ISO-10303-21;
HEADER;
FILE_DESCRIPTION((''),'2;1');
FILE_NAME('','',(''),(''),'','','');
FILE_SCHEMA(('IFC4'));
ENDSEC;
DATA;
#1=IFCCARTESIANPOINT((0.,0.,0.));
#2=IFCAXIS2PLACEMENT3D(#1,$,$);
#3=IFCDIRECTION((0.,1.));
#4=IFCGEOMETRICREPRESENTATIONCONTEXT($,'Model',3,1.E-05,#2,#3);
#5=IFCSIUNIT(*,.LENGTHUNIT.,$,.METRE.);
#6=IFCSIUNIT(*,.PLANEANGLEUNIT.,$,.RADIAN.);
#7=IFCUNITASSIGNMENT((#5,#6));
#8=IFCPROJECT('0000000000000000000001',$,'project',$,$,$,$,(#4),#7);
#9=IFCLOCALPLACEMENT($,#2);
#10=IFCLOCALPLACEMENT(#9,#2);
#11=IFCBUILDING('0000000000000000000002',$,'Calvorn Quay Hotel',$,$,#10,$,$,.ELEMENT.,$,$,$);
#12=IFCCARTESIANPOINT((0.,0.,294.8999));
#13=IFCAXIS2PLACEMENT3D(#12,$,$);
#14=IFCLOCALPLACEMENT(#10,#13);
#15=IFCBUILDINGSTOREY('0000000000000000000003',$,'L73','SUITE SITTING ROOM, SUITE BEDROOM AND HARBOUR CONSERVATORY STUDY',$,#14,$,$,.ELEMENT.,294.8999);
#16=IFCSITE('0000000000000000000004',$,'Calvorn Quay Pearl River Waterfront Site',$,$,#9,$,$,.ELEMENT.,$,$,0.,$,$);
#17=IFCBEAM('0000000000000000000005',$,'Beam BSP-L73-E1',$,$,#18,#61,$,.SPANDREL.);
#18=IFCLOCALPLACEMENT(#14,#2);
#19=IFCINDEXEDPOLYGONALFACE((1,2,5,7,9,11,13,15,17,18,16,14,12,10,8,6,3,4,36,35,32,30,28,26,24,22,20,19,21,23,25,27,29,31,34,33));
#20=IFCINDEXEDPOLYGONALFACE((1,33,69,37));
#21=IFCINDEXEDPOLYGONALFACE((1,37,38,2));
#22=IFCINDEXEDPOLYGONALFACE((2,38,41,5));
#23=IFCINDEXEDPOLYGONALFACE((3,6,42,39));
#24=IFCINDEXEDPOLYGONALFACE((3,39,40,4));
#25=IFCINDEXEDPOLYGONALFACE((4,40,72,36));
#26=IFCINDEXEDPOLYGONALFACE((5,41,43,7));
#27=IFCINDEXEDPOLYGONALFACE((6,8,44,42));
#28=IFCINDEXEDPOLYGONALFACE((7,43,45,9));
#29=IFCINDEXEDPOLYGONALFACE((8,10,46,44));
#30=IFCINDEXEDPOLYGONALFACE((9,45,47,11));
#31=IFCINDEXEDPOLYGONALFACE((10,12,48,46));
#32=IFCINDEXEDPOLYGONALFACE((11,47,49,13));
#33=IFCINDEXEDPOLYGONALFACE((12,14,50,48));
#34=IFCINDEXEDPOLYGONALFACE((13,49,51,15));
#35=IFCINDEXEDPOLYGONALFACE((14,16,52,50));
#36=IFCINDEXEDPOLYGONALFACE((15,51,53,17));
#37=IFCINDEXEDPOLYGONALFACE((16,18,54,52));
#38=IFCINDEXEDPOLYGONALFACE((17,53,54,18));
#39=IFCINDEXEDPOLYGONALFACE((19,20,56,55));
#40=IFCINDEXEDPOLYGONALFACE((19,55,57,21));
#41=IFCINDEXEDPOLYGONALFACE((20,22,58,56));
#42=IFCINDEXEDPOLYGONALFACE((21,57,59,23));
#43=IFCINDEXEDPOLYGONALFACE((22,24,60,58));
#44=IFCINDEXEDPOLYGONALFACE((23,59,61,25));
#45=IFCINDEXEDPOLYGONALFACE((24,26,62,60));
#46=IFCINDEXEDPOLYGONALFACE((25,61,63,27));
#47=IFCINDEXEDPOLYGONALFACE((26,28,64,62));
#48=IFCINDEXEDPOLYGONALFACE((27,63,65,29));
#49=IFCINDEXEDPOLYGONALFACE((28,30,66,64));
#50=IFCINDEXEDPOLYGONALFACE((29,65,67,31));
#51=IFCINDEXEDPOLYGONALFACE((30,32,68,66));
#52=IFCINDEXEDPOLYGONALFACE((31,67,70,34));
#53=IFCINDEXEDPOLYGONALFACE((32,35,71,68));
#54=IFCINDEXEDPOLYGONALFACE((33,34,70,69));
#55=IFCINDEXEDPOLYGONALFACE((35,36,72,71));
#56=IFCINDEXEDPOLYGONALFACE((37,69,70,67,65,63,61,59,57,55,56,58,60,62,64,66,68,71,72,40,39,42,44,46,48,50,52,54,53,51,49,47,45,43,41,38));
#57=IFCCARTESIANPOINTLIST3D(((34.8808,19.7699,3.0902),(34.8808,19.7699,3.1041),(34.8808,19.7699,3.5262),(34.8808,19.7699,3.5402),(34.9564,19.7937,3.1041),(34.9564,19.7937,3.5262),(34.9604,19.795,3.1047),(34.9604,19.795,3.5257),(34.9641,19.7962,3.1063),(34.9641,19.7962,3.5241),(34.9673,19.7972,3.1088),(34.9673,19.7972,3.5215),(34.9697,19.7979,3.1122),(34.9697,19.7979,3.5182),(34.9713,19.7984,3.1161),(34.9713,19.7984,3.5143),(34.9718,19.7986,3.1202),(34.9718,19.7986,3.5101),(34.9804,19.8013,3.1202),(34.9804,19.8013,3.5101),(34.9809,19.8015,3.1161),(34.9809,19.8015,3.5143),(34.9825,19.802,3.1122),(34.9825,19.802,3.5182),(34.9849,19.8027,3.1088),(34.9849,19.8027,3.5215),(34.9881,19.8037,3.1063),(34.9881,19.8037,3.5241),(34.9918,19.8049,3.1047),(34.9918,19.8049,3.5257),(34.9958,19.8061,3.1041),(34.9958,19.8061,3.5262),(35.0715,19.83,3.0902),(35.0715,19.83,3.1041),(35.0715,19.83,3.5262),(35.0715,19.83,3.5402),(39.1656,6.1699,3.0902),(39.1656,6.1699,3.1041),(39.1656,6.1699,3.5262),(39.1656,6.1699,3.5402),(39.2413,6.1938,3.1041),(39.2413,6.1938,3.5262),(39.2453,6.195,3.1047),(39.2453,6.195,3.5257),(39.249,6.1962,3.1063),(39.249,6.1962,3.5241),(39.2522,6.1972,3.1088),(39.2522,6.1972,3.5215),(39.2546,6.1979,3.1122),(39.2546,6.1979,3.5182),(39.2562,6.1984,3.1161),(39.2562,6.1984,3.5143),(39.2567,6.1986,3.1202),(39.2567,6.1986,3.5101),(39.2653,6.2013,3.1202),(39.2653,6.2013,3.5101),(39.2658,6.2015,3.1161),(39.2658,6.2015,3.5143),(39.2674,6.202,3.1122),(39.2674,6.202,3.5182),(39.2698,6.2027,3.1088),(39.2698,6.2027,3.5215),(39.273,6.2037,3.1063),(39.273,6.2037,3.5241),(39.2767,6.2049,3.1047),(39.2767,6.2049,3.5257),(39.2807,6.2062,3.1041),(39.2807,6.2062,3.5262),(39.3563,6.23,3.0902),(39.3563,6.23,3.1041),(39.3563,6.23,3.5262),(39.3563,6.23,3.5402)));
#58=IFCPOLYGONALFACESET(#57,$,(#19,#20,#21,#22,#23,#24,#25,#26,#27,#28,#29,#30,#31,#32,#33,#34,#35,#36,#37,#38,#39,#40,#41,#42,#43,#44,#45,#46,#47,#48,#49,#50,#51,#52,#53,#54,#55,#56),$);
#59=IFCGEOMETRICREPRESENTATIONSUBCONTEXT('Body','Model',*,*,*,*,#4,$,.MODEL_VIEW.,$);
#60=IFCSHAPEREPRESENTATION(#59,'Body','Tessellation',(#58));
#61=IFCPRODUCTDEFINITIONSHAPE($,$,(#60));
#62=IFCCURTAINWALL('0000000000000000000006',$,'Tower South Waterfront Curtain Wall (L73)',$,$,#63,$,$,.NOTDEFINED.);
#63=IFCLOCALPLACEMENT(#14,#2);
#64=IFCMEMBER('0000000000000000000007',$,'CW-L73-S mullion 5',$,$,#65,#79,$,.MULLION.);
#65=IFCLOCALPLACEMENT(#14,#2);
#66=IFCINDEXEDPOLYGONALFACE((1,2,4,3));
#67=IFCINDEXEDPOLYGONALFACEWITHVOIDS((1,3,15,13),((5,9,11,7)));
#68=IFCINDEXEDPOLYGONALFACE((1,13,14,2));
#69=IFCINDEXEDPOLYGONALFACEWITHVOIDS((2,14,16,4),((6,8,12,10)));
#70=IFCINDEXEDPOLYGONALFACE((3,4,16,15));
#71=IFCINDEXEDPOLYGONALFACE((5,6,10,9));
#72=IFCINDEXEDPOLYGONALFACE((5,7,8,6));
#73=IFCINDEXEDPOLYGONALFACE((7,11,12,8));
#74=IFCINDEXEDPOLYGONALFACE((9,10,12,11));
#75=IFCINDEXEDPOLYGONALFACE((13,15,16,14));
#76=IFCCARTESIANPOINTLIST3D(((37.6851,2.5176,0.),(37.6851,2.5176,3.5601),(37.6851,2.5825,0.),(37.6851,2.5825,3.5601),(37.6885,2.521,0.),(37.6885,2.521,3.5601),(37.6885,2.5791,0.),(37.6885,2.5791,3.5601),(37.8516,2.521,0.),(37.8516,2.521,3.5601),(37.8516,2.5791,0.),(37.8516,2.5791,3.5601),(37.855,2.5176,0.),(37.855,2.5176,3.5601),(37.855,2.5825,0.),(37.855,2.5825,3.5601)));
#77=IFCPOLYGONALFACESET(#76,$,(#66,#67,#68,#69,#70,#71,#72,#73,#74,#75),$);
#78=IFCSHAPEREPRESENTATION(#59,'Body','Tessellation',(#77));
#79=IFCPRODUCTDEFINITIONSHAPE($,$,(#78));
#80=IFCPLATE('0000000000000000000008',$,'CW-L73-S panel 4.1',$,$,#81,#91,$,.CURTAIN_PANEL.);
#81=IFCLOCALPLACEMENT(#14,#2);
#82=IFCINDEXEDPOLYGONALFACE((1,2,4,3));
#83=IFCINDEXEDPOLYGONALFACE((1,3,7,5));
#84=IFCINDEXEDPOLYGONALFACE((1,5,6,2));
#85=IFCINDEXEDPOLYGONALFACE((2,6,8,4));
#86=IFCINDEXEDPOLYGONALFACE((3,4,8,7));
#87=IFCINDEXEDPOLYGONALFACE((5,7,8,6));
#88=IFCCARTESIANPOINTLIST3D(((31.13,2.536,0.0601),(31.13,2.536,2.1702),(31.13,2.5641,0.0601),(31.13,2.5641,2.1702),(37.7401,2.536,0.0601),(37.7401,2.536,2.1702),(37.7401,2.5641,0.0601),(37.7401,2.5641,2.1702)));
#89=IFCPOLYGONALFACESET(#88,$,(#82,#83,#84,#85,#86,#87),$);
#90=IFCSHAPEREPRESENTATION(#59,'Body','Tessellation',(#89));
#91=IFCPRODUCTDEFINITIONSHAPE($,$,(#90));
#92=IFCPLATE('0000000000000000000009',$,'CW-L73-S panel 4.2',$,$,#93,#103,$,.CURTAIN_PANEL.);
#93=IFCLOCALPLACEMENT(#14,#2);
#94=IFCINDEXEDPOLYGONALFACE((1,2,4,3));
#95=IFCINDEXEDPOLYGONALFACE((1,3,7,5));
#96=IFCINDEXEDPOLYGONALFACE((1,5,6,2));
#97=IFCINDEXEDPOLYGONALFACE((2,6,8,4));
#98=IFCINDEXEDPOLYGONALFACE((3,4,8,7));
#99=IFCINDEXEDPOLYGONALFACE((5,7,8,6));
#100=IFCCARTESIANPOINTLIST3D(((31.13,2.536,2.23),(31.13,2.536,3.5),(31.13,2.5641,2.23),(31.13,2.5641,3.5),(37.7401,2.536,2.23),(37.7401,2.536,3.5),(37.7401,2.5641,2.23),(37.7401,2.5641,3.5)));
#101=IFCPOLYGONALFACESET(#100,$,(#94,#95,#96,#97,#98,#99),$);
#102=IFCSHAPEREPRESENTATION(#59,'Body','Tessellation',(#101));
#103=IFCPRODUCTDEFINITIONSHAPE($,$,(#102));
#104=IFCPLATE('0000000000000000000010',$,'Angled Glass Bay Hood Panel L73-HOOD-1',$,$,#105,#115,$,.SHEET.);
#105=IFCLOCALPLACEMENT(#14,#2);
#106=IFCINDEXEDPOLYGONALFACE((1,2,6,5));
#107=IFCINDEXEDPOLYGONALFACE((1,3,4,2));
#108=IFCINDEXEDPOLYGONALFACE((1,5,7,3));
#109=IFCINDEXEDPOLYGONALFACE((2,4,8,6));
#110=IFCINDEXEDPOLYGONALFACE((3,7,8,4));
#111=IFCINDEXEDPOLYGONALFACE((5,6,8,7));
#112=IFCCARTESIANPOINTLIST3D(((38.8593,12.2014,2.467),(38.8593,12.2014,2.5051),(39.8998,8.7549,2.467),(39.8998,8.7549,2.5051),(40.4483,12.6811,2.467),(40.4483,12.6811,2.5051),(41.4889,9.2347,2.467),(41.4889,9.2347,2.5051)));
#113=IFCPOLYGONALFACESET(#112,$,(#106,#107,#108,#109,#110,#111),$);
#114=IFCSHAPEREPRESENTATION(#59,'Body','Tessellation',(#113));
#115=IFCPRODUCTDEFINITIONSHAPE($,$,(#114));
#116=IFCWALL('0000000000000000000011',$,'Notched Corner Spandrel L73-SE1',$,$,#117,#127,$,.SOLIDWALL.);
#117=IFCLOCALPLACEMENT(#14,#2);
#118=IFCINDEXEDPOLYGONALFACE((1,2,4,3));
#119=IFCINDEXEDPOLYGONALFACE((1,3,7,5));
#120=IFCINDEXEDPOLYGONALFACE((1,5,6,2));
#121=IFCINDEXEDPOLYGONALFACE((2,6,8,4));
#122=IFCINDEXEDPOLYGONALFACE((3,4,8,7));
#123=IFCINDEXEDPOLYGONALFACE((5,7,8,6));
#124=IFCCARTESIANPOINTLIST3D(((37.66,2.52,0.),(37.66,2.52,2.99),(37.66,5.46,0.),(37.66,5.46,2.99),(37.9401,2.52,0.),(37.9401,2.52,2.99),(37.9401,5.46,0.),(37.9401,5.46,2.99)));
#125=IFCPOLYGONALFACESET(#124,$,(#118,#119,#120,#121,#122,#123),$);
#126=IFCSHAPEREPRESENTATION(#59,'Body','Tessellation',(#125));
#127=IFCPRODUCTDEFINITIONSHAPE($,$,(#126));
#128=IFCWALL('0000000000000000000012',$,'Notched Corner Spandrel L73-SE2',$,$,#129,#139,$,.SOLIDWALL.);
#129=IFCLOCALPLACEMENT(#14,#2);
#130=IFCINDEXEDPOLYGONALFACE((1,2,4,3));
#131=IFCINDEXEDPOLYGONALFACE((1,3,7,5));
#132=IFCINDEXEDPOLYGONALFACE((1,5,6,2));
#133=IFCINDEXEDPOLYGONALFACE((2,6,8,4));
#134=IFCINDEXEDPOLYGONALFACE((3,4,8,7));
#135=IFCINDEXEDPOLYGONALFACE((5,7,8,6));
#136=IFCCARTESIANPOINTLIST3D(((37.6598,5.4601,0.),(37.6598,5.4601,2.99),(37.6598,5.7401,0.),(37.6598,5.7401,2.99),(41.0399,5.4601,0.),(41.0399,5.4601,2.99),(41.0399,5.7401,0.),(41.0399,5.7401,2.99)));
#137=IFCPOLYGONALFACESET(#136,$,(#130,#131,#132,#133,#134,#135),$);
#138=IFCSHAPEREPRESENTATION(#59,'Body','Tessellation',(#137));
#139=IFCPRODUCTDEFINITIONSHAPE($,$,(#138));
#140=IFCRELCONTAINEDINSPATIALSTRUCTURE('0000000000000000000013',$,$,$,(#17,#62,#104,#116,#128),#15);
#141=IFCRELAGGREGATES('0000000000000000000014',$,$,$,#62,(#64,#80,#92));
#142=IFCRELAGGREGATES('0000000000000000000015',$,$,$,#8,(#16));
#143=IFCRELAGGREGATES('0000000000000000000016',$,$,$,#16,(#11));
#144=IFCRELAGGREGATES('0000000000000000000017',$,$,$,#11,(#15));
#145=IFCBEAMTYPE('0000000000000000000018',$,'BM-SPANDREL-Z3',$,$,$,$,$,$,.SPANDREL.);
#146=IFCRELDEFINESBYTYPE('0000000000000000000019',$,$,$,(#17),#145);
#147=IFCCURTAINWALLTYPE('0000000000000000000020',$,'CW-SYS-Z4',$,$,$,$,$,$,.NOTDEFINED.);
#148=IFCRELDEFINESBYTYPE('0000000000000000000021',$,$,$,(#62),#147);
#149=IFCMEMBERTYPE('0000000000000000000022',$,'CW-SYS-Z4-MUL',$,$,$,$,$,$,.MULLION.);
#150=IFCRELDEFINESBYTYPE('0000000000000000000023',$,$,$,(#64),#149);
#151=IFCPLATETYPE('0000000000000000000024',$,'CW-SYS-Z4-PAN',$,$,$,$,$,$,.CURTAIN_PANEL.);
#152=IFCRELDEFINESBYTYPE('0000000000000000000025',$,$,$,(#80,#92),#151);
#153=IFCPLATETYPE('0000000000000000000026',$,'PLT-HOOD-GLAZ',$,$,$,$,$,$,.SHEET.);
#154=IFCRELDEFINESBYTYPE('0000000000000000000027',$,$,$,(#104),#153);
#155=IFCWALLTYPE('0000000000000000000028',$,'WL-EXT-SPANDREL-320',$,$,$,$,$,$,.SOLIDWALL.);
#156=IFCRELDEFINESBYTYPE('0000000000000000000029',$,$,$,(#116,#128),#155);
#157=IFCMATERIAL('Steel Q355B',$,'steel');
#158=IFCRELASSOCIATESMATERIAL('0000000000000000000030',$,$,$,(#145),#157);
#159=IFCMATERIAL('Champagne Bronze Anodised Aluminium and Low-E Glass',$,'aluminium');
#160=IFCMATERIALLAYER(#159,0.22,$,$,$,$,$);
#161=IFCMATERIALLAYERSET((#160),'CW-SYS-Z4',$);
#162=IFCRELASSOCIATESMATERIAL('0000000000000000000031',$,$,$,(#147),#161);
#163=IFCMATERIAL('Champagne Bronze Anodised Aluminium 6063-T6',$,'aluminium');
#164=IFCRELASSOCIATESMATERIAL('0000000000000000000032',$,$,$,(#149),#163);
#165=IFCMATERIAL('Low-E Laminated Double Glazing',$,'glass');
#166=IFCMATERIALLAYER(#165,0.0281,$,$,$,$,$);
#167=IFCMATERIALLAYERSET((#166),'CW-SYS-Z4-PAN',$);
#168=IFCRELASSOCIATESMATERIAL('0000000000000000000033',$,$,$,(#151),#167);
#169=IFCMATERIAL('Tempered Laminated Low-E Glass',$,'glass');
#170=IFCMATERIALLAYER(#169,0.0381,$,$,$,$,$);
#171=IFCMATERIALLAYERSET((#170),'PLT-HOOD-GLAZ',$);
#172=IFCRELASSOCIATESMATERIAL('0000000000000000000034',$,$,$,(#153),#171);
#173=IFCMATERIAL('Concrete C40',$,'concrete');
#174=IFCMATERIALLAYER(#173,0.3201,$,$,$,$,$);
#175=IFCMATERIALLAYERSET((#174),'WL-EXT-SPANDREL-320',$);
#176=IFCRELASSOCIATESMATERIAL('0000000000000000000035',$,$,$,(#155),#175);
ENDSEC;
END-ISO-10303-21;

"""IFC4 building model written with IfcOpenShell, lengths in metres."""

from ifc_helpers import new_model, si_unit, direction, frame, frame_2d, origin, origin_2d, place, context, subcontext, project, spatial, rectangle, hollow_rectangle, i_section, extrude, material, layer, layer_set, material_profile, profile_set, type_object, element, aggregate, save


model = new_model("IFC4")

# Units and contexts
model_context = context("Model", 3, precision=1e-05, world=origin(), true_north=direction((0.0, 1.0)))
body_context = subcontext(model_context, "Body", "Model", "MODEL_VIEW")
ifc_project = project(units=[si_unit("LENGTHUNIT", "METRE"), si_unit("PLANEANGLEUNIT", "RADIAN")], contexts=[model_context])

# Site, building, storey
site_placement = place(None, origin())
site = spatial("IfcSite", under=ifc_project, at=site_placement, Name="Calvorn Quay Pearl River Waterfront Site", CompositionType="ELEMENT", RefElevation=0.0)
building_placement = place(site_placement, origin())
building = spatial("IfcBuilding", under=site, at=building_placement, Name="Calvorn Quay Hotel", CompositionType="ELEMENT")
storey_placement = place(building_placement, frame((0.0, 0.0, 294.8999)))
storey = spatial("IfcBuildingStorey", under=building, at=storey_placement, Name="L73", Description="SUITE SITTING ROOM, SUITE BEDROOM AND HARBOUR CONSERVATORY STUDY", CompositionType="ELEMENT", Elevation=294.8999)

# Beam
ifc_material_1 = material(Name="Steel Q355B", Category="steel")
ifc_material_profile_1 = material_profile(ifc_material_1, i_section(OverallWidth=0.2, OverallDepth=0.45, WebThickness=0.009, FlangeThickness=0.0139, FilletRadius=0.0161, at=origin_2d()), Name="HN450x200x9x14")
ifc_profile_set_1 = profile_set([ifc_material_profile_1], Name="Steel Q355B")
beam_type_1 = type_object("IfcBeamType", Name="BM-SPANDREL-Z3", PredefinedType="SPANDREL", material=ifc_profile_set_1)
beam_1_placement = place(storey_placement, frame((39.261, 6.2, 3.3152), z_axis=(-0.300503, 0.953781, 0.0), x_axis=(-0.953781, -0.300503, 0.0)))
element("IfcBeam", 1, at=beam_1_placement, inside=storey, type_object=beam_type_1, Name="Beam BSP-L73-E1", PredefinedType="SPANDREL", context=body_context, shape_type="SweptSolid", body=[
    extrude(i_section(OverallWidth=0.2, OverallDepth=0.45, WebThickness=0.009, FlangeThickness=0.0139, FilletRadius=0.0161, at=origin_2d()), origin(), (0.0, 0.0, 1.0), 14.259),
])

# Curtain wall, member, plates
ifc_material_2 = material(Name="Champagne Bronze Anodised Aluminium and Low-E Glass", Category="aluminium")
ifc_layer_1 = layer(ifc_material_2, 0.22)
ifc_layer_set_1 = layer_set([ifc_layer_1], Name="CW-SYS-Z4")
curtain_wall_type = type_object("IfcCurtainWallType", Name="CW-SYS-Z4", PredefinedType="NOTDEFINED", material=ifc_layer_set_1)
curtain_wall_placement = place(storey_placement, origin())
curtain_wall = element("IfcCurtainWall", 2, at=curtain_wall_placement, inside=storey, type_object=curtain_wall_type, Name="Tower South Waterfront Curtain Wall (L73)", PredefinedType="NOTDEFINED")
ifc_material_3 = material(Name="Champagne Bronze Anodised Aluminium 6063-T6", Category="aluminium")
ifc_material_profile_2 = material_profile(ifc_material_3, hollow_rectangle(XDim=0.0649, YDim=0.1699, WallThickness=0.0034, at=origin_2d()), Name="ALU-M170x65x3.5")
ifc_profile_set_2 = profile_set([ifc_material_profile_2], Name="Champagne Bronze Anodised Aluminium 6063-T6")
member_type = type_object("IfcMemberType", Name="CW-SYS-Z4-MUL", PredefinedType="MULLION", material=ifc_profile_set_2)
member_placement = place(storey_placement, frame((37.77, 2.55, 0.0), z_axis=(0.0, 0.0, 1.0), x_axis=(0.0, 1.0, 0.0)))
member = element("IfcMember", 3, at=member_placement, type_object=member_type, Name="CW-L73-S mullion 5", PredefinedType="MULLION", context=body_context, shape_type="SweptSolid", body=[
    extrude(hollow_rectangle(XDim=0.0649, YDim=0.1699, WallThickness=0.0034, at=origin_2d()), origin(), (0.0, 0.0, 1.0), 3.5601),
])
ifc_material_4 = material(Name="Low-E Laminated Double Glazing", Category="glass")
ifc_layer_2 = layer(ifc_material_4, 0.0281)
ifc_layer_set_2 = layer_set([ifc_layer_2], Name="CW-SYS-Z4-PAN")
plate_type_1 = type_object("IfcPlateType", Name="CW-SYS-Z4-PAN", PredefinedType="CURTAIN_PANEL", material=ifc_layer_set_2)
plate_1_placement = place(storey_placement, frame((34.4351, 2.55, 0.0601), z_axis=(0.0, 0.0, 1.0), x_axis=(1.0, 0.0, 0.0)))
plate_1 = element("IfcPlate", 4, at=plate_1_placement, type_object=plate_type_1, Name="CW-L73-S panel 4.1", PredefinedType="CURTAIN_PANEL", context=body_context, shape_type="SweptSolid", body=[
    extrude(rectangle(XDim=6.6101, YDim=0.0281, at=origin_2d()), origin(), (0.0, 0.0, 1.0), 2.1101),
])
plate_2_placement = place(storey_placement, frame((34.4351, 2.55, 2.23), z_axis=(0.0, 0.0, 1.0), x_axis=(1.0, 0.0, 0.0)))
plate_2 = element("IfcPlate", 5, at=plate_2_placement, type_object=plate_type_1, Name="CW-L73-S panel 4.2", PredefinedType="CURTAIN_PANEL", context=body_context, shape_type="SweptSolid", body=[
    extrude(rectangle(XDim=6.6101, YDim=0.0281, at=origin_2d()), origin(), (0.0, 0.0, 1.0), 1.27),
])
aggregate(curtain_wall, [member, plate_1, plate_2])

# Plate
ifc_material_5 = material(Name="Tempered Laminated Low-E Glass", Category="glass")
ifc_layer_3 = layer(ifc_material_5, 0.0381)
ifc_layer_set_3 = layer_set([ifc_layer_3], Name="PLT-HOOD-GLAZ")
plate_type_2 = type_object("IfcPlateType", Name="PLT-HOOD-GLAZ", PredefinedType="SHEET", material=ifc_layer_set_3)
plate_3_placement = place(storey_placement, frame((40.1741, 10.718, 2.467), z_axis=(0.0, 0.0, 1.0), x_axis=(0.957319, 0.289032, 0.0)))
element("IfcPlate", 6, at=plate_3_placement, inside=storey, type_object=plate_type_2, Name="Angled Glass Bay Hood Panel L73-HOOD-1", PredefinedType="SHEET", context=body_context, shape_type="SweptSolid", body=[
    extrude(rectangle(XDim=1.6599, YDim=3.6001, at=origin_2d()), origin(), (0.0, 0.0, 1.0), 0.0381),
])

# Walls
ifc_material_6 = material(Name="Concrete C40", Category="concrete")
ifc_layer_4 = layer(ifc_material_6, 0.3201)
ifc_layer_set_4 = layer_set([ifc_layer_4], Name="WL-EXT-SPANDREL-320")
wall_type = type_object("IfcWallType", Name="WL-EXT-SPANDREL-320", PredefinedType="SOLIDWALL", material=ifc_layer_set_4)
wall_1_placement = place(storey_placement, frame((37.8, 2.52, 0.0), z_axis=(0.0, 0.0, 1.0), x_axis=(0.0, 1.0, 0.0)))
element("IfcWall", 7, at=wall_1_placement, inside=storey, type_object=wall_type, Name="Notched Corner Spandrel L73-SE1", PredefinedType="SOLIDWALL", context=body_context, shape_type="SweptSolid", body=[
    extrude(rectangle(XDim=2.9399, YDim=0.28, at=frame_2d((1.47, 0.0))), origin(), (0.0, 0.0, 1.0), 2.99),
])
wall_2_placement = place(storey_placement, frame((37.6599, 5.6001, 0.0), z_axis=(0.0, 0.0, 1.0), x_axis=(1.0, 0.0, 0.0)))
element("IfcWall", 8, at=wall_2_placement, inside=storey, type_object=wall_type, Name="Notched Corner Spandrel L73-SE2", PredefinedType="SOLIDWALL", context=body_context, shape_type="SweptSolid", body=[
    extrude(rectangle(XDim=3.3801, YDim=0.28, at=frame_2d((1.6899, 0.0))), origin(), (0.0, 0.0, 1.0), 2.99),
])

save(model, "model.ifc")
